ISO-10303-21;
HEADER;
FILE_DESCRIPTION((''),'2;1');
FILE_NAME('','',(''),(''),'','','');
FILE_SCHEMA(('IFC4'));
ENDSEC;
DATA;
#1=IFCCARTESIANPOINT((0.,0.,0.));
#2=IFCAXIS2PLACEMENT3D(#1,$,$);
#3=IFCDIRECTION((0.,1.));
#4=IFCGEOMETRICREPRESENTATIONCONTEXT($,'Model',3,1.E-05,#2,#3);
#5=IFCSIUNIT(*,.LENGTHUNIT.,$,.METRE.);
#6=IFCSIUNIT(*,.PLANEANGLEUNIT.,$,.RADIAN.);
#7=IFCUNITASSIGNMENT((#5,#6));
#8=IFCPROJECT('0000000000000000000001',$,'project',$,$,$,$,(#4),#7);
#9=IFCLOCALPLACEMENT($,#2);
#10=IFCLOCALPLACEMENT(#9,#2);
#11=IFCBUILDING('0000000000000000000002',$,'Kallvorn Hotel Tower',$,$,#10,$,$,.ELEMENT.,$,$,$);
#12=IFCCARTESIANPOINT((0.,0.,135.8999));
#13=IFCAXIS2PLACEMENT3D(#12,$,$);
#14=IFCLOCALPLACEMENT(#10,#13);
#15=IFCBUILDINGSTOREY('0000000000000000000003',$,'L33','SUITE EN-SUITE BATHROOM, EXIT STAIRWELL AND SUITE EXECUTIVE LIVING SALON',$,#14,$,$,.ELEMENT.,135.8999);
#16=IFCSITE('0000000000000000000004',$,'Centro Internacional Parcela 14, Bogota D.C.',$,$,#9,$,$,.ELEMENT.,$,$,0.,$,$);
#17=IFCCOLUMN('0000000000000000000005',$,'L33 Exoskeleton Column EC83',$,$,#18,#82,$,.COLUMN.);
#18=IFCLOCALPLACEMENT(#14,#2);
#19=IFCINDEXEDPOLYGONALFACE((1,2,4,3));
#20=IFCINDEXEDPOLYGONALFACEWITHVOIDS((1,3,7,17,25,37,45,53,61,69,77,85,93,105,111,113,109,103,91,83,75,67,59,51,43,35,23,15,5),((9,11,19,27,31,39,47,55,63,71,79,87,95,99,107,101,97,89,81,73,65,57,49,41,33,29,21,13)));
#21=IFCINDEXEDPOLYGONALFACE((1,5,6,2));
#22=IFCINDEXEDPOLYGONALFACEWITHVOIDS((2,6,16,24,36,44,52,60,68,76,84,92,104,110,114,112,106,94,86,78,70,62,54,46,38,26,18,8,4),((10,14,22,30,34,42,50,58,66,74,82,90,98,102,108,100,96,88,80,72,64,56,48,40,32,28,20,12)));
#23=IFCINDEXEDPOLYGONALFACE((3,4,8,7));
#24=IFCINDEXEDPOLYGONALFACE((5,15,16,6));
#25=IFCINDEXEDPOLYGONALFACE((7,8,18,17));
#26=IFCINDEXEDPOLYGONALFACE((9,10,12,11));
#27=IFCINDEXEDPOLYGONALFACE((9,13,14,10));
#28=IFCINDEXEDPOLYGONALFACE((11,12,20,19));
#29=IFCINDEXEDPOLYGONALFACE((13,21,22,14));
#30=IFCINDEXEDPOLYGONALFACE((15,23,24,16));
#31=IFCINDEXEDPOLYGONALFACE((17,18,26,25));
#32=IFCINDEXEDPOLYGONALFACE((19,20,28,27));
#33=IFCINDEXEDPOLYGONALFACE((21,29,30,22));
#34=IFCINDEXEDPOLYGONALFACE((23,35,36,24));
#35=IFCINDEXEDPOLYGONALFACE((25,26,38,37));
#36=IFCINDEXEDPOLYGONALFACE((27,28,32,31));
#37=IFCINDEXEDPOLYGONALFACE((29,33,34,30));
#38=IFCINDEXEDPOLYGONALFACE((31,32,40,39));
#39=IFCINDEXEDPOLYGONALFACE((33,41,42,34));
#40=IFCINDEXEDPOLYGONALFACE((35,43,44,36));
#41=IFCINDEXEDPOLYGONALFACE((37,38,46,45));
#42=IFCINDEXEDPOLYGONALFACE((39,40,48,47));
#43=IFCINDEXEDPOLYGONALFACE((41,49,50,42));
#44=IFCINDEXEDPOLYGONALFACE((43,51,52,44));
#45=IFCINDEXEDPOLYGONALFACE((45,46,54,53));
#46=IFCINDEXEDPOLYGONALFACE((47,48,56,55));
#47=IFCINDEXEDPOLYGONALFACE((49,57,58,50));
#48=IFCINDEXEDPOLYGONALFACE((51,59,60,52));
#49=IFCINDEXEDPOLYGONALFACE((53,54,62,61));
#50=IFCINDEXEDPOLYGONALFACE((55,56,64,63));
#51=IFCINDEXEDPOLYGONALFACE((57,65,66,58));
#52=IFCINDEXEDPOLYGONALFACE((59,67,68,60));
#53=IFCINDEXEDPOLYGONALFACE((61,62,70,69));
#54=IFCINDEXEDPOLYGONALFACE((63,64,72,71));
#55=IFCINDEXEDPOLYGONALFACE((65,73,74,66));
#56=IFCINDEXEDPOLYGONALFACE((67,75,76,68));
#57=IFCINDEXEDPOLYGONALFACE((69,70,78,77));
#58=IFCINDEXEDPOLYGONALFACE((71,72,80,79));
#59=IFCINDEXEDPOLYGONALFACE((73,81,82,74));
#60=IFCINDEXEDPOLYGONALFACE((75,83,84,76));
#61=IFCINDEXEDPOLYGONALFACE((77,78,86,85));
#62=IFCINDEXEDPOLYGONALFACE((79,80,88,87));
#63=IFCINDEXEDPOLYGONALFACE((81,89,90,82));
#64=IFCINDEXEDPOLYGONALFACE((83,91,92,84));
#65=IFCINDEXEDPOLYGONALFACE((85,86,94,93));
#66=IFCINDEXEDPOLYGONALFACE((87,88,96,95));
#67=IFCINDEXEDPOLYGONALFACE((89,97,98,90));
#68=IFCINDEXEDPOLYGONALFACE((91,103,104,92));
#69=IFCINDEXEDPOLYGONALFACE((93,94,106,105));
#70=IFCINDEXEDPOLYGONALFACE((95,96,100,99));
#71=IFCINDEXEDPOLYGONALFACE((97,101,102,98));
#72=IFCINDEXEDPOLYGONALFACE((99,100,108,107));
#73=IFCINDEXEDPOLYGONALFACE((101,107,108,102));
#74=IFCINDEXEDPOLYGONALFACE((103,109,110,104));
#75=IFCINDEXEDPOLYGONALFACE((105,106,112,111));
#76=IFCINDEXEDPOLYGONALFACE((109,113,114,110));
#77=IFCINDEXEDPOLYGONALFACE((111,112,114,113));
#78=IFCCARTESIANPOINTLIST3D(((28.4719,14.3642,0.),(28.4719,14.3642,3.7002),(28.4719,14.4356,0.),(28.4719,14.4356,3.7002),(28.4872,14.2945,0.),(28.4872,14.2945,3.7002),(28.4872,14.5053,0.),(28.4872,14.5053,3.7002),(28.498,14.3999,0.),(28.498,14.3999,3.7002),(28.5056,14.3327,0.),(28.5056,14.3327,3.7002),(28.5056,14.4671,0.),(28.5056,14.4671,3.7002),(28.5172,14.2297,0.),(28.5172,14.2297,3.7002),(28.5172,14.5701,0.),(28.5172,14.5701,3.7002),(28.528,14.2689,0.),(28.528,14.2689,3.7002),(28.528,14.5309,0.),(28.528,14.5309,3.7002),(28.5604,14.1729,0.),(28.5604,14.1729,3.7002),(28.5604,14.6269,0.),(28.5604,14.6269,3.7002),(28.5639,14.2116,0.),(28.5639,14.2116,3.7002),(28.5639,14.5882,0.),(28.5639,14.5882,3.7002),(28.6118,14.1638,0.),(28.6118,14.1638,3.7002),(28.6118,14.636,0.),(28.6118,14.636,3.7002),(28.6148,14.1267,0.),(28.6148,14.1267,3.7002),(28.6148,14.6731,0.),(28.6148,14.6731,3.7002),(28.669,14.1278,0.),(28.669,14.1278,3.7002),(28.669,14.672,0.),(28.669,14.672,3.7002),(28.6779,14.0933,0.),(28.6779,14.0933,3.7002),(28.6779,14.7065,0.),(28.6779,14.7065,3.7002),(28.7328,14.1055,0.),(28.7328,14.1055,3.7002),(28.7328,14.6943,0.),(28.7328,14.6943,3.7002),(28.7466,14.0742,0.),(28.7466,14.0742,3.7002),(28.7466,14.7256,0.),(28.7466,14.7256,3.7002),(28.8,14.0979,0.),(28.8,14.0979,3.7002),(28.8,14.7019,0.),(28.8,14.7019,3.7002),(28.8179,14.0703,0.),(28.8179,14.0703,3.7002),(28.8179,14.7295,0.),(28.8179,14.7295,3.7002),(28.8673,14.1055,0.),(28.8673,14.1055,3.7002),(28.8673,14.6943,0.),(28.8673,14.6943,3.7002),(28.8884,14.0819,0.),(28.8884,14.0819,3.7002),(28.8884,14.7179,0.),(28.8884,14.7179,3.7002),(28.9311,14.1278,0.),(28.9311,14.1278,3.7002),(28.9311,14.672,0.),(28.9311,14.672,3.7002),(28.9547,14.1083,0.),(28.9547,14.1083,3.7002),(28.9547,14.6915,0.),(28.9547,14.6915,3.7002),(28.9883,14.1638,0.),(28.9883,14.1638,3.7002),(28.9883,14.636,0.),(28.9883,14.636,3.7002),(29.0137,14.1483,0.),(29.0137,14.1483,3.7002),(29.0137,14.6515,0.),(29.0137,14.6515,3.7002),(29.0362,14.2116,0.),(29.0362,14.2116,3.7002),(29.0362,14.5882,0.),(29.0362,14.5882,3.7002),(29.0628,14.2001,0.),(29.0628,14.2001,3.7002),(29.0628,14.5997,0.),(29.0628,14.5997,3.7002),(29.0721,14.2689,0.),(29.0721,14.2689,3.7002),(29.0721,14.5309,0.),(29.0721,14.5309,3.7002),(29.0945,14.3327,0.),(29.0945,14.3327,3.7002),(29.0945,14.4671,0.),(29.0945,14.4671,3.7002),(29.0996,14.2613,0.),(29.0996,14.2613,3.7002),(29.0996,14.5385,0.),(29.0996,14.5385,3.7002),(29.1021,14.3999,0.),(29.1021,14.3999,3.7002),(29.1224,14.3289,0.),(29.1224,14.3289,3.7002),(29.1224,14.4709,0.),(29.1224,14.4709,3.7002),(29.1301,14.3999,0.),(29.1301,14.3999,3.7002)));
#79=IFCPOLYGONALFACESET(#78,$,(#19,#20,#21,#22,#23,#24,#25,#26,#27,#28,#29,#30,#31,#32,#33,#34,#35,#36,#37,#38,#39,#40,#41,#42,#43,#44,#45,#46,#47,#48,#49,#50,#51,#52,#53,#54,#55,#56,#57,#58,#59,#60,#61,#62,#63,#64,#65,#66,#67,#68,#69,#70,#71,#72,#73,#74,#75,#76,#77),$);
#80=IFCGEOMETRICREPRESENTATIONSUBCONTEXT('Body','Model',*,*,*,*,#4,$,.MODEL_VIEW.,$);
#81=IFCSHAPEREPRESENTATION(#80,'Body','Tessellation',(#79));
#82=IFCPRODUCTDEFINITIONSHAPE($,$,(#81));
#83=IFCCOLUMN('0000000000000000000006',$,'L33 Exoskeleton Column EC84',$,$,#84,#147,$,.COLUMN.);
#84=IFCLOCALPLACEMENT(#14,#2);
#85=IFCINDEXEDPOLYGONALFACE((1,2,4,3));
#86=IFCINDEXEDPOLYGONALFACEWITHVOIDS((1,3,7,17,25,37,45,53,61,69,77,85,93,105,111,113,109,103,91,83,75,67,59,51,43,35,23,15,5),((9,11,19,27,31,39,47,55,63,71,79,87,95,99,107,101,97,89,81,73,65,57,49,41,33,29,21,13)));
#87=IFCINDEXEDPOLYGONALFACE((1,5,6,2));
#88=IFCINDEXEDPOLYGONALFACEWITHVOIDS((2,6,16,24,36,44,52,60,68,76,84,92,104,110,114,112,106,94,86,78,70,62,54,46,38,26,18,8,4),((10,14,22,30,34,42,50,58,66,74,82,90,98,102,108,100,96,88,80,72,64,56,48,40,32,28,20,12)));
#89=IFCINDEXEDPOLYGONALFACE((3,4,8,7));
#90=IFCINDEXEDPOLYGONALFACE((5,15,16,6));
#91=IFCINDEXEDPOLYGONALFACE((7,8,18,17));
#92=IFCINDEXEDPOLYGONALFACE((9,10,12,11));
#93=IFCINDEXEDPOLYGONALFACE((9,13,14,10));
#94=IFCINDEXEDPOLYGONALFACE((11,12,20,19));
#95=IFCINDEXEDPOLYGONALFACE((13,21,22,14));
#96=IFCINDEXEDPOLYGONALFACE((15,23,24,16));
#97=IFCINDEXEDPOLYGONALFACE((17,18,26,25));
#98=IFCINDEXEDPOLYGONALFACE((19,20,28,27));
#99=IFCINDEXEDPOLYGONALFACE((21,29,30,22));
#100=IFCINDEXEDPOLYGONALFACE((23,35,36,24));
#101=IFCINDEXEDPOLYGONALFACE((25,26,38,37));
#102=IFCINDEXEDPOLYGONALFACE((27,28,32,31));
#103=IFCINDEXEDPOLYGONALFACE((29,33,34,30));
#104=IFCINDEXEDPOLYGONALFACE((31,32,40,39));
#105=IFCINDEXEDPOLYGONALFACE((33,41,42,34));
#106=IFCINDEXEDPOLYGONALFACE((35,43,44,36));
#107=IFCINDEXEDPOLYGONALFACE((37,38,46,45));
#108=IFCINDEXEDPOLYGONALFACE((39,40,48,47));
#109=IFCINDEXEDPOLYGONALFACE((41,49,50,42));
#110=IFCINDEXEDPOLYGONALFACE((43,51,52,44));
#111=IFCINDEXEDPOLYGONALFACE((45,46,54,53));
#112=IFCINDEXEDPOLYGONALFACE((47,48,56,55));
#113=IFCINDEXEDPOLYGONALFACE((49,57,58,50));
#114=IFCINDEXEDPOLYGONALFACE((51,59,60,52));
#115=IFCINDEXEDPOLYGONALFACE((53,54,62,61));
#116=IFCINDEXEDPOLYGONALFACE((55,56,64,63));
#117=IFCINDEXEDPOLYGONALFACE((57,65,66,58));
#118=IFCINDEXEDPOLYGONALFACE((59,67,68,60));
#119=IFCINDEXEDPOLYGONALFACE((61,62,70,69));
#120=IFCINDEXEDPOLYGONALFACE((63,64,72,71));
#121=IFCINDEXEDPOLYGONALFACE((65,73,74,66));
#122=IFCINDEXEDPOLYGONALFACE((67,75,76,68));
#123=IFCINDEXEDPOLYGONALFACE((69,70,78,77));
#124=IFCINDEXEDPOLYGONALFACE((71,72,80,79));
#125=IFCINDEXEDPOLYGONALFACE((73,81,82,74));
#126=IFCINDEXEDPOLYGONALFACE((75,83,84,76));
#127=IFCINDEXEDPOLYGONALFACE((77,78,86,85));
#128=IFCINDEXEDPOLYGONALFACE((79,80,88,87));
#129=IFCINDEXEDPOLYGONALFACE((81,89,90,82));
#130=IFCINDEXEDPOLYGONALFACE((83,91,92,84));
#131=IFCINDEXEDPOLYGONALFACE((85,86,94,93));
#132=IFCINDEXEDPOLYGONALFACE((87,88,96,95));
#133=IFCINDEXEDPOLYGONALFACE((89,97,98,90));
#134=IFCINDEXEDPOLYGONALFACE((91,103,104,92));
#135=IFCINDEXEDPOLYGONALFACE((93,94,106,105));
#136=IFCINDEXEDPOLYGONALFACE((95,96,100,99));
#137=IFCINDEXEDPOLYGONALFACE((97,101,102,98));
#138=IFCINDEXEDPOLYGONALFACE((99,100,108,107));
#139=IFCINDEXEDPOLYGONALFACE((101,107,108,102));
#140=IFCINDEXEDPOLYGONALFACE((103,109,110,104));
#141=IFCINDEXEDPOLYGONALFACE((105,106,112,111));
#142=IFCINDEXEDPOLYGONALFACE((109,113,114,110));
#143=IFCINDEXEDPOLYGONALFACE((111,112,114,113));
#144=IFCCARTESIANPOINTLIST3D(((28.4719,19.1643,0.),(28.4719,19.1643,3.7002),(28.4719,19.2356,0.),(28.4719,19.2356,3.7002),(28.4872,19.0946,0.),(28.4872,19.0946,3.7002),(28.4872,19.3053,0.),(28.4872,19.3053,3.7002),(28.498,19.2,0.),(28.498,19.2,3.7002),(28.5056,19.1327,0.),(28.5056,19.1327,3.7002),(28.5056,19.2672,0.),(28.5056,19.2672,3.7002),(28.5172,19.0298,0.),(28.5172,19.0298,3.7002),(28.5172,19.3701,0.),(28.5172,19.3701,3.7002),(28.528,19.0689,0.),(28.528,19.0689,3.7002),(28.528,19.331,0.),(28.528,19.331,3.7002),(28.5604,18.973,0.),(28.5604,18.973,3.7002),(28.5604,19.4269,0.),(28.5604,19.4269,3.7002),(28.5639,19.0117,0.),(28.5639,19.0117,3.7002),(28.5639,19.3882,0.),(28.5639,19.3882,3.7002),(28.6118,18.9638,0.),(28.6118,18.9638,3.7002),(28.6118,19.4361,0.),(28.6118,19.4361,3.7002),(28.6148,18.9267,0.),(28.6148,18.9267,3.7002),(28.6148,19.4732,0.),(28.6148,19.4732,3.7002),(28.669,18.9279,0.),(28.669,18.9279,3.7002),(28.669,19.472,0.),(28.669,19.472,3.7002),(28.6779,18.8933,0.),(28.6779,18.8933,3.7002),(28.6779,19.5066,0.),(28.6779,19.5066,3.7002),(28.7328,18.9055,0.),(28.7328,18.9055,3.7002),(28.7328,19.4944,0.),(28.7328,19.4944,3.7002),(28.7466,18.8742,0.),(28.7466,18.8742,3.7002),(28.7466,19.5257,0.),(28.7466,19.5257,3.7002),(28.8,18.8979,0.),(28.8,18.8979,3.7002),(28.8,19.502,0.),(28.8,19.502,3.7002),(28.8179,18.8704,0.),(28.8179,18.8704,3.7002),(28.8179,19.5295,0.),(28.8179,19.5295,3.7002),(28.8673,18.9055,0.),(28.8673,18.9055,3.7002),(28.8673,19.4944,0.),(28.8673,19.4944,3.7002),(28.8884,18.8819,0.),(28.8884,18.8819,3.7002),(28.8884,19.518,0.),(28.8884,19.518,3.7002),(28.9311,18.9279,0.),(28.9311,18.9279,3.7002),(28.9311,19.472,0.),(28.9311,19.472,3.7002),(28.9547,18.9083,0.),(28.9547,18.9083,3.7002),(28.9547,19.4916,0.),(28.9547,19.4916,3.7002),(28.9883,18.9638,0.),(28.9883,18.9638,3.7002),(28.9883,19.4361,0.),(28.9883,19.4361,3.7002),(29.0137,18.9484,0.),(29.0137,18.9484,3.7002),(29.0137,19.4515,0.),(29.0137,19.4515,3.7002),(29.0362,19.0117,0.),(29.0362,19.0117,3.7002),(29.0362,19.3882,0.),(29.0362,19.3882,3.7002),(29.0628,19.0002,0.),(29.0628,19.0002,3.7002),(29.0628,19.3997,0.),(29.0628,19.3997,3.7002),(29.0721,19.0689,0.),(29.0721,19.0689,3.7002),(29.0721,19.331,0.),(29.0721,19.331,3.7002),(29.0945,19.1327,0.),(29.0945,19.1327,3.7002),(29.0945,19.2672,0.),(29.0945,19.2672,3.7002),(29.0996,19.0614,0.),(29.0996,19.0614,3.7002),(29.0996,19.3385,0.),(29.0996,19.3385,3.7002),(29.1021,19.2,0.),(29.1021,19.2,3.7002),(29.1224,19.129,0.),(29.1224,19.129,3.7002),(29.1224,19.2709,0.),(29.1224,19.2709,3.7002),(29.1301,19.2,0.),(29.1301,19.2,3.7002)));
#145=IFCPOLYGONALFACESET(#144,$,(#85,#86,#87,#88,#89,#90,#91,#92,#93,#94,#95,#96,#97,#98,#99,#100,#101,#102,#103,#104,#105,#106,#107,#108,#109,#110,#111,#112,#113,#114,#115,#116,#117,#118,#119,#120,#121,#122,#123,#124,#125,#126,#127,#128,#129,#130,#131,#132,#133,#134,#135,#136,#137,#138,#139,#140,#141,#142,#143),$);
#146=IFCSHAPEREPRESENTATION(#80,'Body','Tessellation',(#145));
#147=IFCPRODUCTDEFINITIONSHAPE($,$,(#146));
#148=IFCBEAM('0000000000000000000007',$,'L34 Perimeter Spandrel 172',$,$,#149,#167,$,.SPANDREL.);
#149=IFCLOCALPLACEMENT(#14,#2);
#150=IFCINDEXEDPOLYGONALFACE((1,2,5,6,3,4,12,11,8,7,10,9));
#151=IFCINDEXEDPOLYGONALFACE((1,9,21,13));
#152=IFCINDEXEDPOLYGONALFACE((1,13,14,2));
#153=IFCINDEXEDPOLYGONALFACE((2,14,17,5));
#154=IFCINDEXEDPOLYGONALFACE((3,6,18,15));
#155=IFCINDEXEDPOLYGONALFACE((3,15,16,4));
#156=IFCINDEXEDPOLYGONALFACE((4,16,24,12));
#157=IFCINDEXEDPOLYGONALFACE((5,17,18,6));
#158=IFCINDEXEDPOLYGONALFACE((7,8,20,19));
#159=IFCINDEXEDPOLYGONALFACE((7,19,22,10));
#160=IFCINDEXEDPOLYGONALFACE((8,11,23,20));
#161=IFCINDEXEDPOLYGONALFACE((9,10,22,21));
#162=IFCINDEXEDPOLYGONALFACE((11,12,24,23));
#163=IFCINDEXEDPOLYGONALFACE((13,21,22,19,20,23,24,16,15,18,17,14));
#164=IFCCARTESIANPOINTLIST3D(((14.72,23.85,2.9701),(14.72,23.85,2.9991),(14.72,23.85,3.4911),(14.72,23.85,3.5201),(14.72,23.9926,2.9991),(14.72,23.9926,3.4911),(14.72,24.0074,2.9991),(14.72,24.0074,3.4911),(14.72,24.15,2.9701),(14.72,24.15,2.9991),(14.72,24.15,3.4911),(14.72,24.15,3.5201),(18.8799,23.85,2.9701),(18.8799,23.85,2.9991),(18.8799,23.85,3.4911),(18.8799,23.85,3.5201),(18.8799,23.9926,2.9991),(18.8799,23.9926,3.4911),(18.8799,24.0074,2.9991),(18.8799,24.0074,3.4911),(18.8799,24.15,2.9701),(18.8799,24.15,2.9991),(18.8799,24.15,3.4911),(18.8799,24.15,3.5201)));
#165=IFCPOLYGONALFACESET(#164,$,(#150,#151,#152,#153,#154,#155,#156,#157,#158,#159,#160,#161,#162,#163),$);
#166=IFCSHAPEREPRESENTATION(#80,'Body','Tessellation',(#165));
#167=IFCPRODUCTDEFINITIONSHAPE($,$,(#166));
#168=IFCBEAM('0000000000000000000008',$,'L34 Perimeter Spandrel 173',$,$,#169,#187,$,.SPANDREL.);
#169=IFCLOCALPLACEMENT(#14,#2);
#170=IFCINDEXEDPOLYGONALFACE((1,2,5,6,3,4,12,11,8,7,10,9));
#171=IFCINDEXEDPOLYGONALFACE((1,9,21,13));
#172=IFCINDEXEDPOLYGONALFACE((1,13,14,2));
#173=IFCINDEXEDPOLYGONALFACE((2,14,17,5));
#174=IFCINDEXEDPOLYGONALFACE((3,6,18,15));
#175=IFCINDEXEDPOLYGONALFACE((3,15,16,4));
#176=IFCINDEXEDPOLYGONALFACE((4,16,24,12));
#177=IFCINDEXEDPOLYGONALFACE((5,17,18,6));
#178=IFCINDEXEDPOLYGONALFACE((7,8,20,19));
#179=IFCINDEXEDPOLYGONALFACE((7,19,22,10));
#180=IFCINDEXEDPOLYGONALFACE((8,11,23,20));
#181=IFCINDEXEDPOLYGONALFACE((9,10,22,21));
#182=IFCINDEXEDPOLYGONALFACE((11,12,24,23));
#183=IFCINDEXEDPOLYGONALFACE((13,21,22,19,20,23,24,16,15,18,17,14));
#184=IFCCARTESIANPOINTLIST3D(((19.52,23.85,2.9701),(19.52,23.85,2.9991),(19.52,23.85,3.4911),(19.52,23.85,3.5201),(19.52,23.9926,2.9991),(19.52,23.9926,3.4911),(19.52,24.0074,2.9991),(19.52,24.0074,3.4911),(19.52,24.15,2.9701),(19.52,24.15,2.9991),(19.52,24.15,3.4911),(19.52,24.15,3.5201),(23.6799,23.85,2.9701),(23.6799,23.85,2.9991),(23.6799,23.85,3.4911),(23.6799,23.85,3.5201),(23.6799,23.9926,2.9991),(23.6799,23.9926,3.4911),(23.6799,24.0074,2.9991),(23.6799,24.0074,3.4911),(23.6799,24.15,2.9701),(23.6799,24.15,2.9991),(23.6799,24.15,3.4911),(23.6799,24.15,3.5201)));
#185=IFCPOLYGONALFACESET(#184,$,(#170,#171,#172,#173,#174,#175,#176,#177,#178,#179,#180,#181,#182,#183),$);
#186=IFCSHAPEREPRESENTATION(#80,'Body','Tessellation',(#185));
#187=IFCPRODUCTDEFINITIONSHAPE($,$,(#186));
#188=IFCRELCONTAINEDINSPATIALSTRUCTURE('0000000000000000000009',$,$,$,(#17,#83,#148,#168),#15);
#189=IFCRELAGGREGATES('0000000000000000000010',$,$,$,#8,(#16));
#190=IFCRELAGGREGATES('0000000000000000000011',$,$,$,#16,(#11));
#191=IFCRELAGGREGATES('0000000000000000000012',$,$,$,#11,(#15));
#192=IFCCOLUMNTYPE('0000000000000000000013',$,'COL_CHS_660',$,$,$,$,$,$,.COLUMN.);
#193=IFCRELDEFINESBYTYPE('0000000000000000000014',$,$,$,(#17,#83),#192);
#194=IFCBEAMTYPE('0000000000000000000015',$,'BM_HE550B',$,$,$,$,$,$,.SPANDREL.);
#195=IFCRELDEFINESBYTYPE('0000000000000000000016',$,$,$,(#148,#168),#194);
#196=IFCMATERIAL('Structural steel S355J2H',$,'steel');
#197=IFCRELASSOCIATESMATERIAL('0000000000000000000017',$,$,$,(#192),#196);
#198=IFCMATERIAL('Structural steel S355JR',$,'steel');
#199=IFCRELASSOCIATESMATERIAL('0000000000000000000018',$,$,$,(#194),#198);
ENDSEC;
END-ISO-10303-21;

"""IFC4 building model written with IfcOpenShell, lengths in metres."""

from ifc_helpers import new_model, si_unit, direction, frame, origin, origin_2d, place, context, subcontext, project, spatial, hollow_circle, i_section, extrude, material, material_profile, profile_set, type_object, element, save


model = new_model("IFC4")

# Units and contexts
model_context = context("Model", 3, precision=1e-05, world=origin(), true_north=direction((0.0, 1.0)))
body_context = subcontext(model_context, "Body", "Model", "MODEL_VIEW")
ifc_project = project(units=[si_unit("LENGTHUNIT", "METRE"), si_unit("PLANEANGLEUNIT", "RADIAN")], contexts=[model_context])

# Site, building, storey
site_placement = place(None, origin())
site = spatial("IfcSite", under=ifc_project, at=site_placement, Name="Centro Internacional Parcela 14, Bogota D.C.", CompositionType="ELEMENT", RefElevation=0.0)
building_placement = place(site_placement, origin())
building = spatial("IfcBuilding", under=site, at=building_placement, Name="Kallvorn Hotel Tower", CompositionType="ELEMENT")
storey_placement = place(building_placement, frame((0.0, 0.0, 135.8999)))
storey = spatial("IfcBuildingStorey", under=building, at=storey_placement, Name="L33", Description="SUITE EN-SUITE BATHROOM, EXIT STAIRWELL AND SUITE EXECUTIVE LIVING SALON", CompositionType="ELEMENT", Elevation=135.8999)

# Columns
ifc_material_1 = material(Name="Structural steel S355J2H", Category="steel")
ifc_material_profile_1 = material_profile(ifc_material_1, hollow_circle(Radius=0.3301, WallThickness=0.0281, at=origin_2d()), Name="CHS 660x28")
ifc_profile_set_1 = profile_set([ifc_material_profile_1], Name="Structural steel S355J2H")
column_type = type_object("IfcColumnType", Name="COL_CHS_660", PredefinedType="COLUMN", material=ifc_profile_set_1)
for number, where, z_axis, x_axis, name in (
    (1, (28.8, 14.3999, 0.0), (0.0, 0.0, 1.0), (1.0, 0.0, 0.0), "L33 Exoskeleton Column EC83"),
    (2, (28.8, 19.2, 0.0), (0.0, 0.0, 1.0), (1.0, 0.0, 0.0), "L33 Exoskeleton Column EC84"),
):
    element("IfcColumn", number, at=place(storey_placement, frame(where, z_axis=z_axis, x_axis=x_axis)), inside=storey, type_object=column_type, Name=name, PredefinedType="COLUMN", context=body_context, shape_type="SweptSolid", body=[
        extrude(hollow_circle(Radius=0.3301, WallThickness=0.0281, at=origin_2d()), origin(), (0.0, 0.0, 1.0), 3.7002),
    ])

# Beams
ifc_material_2 = material(Name="Structural steel S355JR", Category="steel")
ifc_material_profile_2 = material_profile(ifc_material_2, i_section(OverallWidth=0.3, OverallDepth=0.55, WebThickness=0.0149, FlangeThickness=0.0291, at=origin_2d()), Name="HE 550 B")
ifc_profile_set_2 = profile_set([ifc_material_profile_2], Name="Structural steel S355JR")
beam_type_1 = type_object("IfcBeamType", Name="BM_HE550B", PredefinedType="SPANDREL", material=ifc_profile_set_2)
for number, where, z_axis, x_axis, name in (
    (3, (14.72, 24.0, 3.2451), (1.0, 0.0, 0.0), (0.0, 1.0, 0.0), "L34 Perimeter Spandrel 172"),
    (4, (19.52, 24.0, 3.2451), (1.0, 0.0, 0.0), (0.0, 1.0, 0.0), "L34 Perimeter Spandrel 173"),
):
    element("IfcBeam", number, at=place(storey_placement, frame(where, z_axis=z_axis, x_axis=x_axis)), inside=storey, type_object=beam_type_1, Name=name, PredefinedType="SPANDREL", context=body_context, shape_type="SweptSolid", body=[
        extrude(i_section(OverallWidth=0.3, OverallDepth=0.55, WebThickness=0.0149, FlangeThickness=0.0291, at=origin_2d()), origin(), (0.0, 0.0, 1.0), 4.1599),
    ])

save(model, "model.ifc")
